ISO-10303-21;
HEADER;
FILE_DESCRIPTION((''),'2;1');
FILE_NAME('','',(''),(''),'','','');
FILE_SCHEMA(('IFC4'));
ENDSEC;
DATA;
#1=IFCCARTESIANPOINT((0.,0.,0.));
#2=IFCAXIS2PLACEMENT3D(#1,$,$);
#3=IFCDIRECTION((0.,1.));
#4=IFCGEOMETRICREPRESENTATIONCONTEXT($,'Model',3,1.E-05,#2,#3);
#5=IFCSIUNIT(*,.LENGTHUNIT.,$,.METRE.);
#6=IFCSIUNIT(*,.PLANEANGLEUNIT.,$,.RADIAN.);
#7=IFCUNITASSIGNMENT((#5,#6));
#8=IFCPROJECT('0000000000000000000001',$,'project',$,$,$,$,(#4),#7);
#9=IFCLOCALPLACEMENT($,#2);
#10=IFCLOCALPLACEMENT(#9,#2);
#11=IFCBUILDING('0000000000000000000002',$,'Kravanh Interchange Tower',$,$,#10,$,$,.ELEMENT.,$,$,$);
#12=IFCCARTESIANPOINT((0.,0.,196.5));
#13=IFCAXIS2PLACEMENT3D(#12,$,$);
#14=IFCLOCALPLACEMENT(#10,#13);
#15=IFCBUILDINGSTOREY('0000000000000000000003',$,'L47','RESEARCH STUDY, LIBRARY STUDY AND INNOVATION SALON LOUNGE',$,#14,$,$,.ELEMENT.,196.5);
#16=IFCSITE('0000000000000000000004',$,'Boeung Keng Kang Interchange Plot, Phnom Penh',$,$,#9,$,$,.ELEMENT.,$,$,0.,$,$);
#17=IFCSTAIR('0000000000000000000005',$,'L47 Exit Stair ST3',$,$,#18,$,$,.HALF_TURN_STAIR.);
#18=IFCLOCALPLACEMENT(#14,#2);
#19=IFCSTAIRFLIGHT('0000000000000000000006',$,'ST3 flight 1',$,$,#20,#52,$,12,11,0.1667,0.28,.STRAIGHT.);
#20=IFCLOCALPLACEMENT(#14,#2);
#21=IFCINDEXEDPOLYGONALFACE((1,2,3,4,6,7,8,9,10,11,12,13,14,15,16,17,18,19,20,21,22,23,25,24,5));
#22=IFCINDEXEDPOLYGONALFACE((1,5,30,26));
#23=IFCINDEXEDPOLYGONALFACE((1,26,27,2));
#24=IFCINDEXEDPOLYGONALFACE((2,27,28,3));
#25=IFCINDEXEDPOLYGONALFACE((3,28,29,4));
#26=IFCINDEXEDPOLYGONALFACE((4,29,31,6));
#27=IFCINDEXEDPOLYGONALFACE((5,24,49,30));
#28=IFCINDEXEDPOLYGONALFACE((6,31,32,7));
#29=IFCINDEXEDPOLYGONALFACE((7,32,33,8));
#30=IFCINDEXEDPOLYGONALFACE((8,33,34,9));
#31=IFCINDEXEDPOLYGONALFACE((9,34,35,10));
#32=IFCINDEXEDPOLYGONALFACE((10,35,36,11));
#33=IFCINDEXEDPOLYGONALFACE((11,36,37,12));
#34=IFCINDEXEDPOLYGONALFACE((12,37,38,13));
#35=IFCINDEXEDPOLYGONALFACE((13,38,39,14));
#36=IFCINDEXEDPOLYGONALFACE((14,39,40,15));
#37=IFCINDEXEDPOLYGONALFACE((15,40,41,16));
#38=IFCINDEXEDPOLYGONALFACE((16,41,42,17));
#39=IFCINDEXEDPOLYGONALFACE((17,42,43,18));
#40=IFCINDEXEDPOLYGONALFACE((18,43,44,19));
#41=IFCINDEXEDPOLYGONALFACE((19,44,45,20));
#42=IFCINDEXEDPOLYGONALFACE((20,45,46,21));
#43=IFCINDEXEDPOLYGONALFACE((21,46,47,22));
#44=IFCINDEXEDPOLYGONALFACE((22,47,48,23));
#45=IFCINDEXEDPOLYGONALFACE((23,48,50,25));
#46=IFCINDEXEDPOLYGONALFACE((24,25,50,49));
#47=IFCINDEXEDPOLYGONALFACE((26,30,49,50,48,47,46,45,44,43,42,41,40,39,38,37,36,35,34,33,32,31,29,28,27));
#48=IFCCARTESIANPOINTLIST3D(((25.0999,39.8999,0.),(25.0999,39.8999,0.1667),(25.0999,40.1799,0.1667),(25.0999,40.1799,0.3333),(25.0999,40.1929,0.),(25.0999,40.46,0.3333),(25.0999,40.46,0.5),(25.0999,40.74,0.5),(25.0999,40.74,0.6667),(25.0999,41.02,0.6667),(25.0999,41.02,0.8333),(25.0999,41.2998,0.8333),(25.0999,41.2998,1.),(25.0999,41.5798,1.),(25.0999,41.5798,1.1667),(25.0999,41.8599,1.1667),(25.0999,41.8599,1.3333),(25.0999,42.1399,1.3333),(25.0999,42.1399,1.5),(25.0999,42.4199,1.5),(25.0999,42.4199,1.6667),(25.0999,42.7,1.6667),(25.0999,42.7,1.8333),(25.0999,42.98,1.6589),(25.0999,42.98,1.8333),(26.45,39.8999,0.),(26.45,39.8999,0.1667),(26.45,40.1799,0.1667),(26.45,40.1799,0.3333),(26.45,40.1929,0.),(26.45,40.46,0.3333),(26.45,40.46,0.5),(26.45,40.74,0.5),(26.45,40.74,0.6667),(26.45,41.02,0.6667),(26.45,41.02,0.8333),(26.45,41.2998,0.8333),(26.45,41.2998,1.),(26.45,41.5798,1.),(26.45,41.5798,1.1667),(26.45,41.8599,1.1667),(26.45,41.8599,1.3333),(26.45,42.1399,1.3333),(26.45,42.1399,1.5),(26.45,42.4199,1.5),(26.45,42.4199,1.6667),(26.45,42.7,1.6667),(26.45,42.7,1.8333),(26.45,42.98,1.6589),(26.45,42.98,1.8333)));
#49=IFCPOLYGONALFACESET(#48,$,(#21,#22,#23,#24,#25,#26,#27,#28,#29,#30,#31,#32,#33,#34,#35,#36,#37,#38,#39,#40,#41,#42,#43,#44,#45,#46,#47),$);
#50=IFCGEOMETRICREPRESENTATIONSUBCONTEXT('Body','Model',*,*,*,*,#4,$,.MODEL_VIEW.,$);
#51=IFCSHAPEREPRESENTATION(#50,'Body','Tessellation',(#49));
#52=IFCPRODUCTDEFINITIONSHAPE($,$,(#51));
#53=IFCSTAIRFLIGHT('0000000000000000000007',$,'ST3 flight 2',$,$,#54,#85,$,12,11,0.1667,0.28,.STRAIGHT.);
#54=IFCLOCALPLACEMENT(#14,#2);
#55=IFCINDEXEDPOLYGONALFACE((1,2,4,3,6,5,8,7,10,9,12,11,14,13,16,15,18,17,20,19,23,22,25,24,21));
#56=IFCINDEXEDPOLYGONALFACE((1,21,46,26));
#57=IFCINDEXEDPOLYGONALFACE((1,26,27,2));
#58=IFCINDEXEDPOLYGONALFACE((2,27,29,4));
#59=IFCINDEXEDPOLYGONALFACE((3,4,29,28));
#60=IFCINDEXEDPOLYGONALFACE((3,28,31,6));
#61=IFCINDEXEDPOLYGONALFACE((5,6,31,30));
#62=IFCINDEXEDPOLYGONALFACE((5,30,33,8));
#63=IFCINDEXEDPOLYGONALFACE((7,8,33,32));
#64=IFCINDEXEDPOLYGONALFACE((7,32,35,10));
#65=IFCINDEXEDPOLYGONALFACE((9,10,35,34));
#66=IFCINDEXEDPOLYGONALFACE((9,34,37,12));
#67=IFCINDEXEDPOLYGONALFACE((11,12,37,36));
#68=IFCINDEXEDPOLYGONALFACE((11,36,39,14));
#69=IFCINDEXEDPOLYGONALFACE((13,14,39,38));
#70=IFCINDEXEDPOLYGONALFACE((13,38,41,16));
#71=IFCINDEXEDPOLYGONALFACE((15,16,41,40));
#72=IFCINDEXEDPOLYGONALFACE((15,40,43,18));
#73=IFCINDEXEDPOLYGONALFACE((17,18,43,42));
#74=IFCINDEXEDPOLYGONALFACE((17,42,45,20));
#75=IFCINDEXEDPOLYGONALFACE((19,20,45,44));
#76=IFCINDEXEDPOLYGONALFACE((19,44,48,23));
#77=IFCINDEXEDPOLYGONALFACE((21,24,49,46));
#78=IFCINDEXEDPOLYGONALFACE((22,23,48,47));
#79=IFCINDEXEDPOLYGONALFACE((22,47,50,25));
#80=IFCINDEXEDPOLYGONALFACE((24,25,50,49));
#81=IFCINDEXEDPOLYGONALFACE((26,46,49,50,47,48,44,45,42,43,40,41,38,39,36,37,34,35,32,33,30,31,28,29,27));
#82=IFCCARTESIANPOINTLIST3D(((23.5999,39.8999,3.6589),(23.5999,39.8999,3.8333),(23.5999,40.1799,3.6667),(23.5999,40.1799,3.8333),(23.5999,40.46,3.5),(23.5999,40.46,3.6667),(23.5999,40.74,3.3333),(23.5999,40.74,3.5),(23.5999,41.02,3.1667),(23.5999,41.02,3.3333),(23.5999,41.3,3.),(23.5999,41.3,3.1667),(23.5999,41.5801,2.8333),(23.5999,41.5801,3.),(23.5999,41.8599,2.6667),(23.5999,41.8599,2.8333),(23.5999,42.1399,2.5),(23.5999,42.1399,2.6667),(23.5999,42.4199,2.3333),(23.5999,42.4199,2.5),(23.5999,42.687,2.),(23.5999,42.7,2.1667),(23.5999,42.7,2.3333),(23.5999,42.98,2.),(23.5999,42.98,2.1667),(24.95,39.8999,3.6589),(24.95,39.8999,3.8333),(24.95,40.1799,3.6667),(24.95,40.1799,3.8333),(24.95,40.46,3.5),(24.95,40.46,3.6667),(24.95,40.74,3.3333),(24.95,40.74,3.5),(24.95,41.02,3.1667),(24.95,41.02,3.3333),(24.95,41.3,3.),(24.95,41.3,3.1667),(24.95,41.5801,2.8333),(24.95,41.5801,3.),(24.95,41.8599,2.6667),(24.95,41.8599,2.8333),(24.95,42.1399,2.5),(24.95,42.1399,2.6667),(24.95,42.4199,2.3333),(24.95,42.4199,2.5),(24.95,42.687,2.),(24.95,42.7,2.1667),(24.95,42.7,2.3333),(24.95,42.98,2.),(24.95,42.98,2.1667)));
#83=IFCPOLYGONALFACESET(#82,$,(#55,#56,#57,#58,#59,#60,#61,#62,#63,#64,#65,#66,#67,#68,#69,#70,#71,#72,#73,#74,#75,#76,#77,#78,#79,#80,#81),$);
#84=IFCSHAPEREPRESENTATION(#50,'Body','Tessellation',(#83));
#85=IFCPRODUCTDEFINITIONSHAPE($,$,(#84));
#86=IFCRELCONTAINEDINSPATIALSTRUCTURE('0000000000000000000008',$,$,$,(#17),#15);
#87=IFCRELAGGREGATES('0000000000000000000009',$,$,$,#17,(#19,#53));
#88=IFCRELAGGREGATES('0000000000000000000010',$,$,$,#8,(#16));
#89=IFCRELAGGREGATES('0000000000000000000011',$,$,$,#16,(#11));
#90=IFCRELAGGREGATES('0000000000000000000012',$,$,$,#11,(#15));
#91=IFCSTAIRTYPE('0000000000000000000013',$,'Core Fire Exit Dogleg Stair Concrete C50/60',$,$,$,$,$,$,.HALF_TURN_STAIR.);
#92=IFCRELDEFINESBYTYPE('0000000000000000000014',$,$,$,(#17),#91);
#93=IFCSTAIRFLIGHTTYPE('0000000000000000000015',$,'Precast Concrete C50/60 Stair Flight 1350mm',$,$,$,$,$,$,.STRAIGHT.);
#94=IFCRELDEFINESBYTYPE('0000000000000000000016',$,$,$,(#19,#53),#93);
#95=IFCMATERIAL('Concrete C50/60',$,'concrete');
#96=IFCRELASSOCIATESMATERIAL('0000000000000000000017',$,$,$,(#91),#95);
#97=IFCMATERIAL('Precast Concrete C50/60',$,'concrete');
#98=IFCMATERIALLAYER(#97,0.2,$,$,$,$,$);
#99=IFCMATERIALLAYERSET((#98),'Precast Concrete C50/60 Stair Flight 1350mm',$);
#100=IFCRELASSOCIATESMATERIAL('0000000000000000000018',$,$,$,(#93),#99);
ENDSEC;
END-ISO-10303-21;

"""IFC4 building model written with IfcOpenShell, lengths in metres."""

from ifc_helpers import new_model, si_unit, direction, frame, origin, place, context, subcontext, project, spatial, polyline, outline, extrude, material, layer, layer_set, type_object, element, aggregate, save


model = new_model("IFC4")

# Units and contexts
model_context = context("Model", 3, precision=1e-05, world=origin(), true_north=direction((0.0, 1.0)))
body_context = subcontext(model_context, "Body", "Model", "MODEL_VIEW")
ifc_project = project(units=[si_unit("LENGTHUNIT", "METRE"), si_unit("PLANEANGLEUNIT", "RADIAN")], contexts=[model_context])

# Site, building, storey
site_placement = place(None, origin())
site = spatial("IfcSite", under=ifc_project, at=site_placement, Name="Boeung Keng Kang Interchange Plot, Phnom Penh", CompositionType="ELEMENT", RefElevation=0.0)
building_placement = place(site_placement, origin())
building = spatial("IfcBuilding", under=site, at=building_placement, Name="Kravanh Interchange Tower", CompositionType="ELEMENT")
storey_placement = place(building_placement, frame((0.0, 0.0, 196.5)))
storey = spatial("IfcBuildingStorey", under=building, at=storey_placement, Name="L47", Description="RESEARCH STUDY, LIBRARY STUDY AND INNOVATION SALON LOUNGE", CompositionType="ELEMENT", Elevation=196.5)

# Stair, stair flights
ifc_material_1 = material(Name="Concrete C50/60", Category="concrete")
stair_type = type_object("IfcStairType", Name="Core Fire Exit Dogleg Stair Concrete C50/60", PredefinedType="HALF_TURN_STAIR", material=ifc_material_1)
stair_placement = place(storey_placement, origin())
stair = element("IfcStair", 1, at=stair_placement, inside=storey, type_object=stair_type, Name="L47 Exit Stair ST3", PredefinedType="HALF_TURN_STAIR")
ifc_material_2 = material(Name="Precast Concrete C50/60", Category="concrete")
ifc_layer_1 = layer(ifc_material_2, 0.2)
ifc_layer_set_1 = layer_set([ifc_layer_1], Name="Precast Concrete C50/60 Stair Flight 1350mm")
stair_flight_type = type_object("IfcStairFlightType", Name="Precast Concrete C50/60 Stair Flight 1350mm", PredefinedType="STRAIGHT", material=ifc_layer_set_1)
stair_flight_1_placement = place(storey_placement, frame((25.7749, 39.8999, 0.0), z_axis=(0.0, 0.0, 1.0), x_axis=(0.0, 1.0, 0.0)))
stair_flight_1 = element("IfcStairFlight", 2, at=stair_flight_1_placement, type_object=stair_flight_type, Name="ST3 flight 1", NumberOfRisers=12, NumberOfTreads=11, PredefinedType="STRAIGHT", RiserHeight=0.1667, TreadLength=0.28, context=body_context, shape_type="SweptSolid", body=[
    extrude(outline(polyline([(0.0, 0.0), (0.0, 0.1667), (0.28, 0.1667), (0.28, 0.3333), (0.5601, 0.3333), (0.5601, 0.5), (0.8401, 0.5), (0.8401, 0.6667), (1.1201, 0.6667), (1.1201, 0.8333), (1.3999, 0.8333), (1.3999, 1.0), (1.6799, 1.0), (1.6799, 1.1667), (1.96, 1.1667), (1.96, 1.3333), (2.24, 1.3333), (2.24, 1.5), (2.52, 1.5), (2.52, 1.6667), (2.8, 1.6667), (2.8, 1.8333), (3.0801, 1.8333), (3.0801, 2.0), (3.0801, 1.6589), (0.293, 0.0), (0.0, 0.0)])), frame((0.0, 0.675, 0.0), z_axis=(0.0, -1.0, 0.0), x_axis=(1.0, 0.0, 0.0)), (0.0, 0.0, 1.0), 1.3501),
])
stair_flight_2_placement = place(storey_placement, frame((24.2749, 42.98, 2.0), z_axis=(0.0, 0.0, 1.0), x_axis=(0.0, -1.0, 0.0)))
stair_flight_2 = element("IfcStairFlight", 3, at=stair_flight_2_placement, type_object=stair_flight_type, Name="ST3 flight 2", NumberOfRisers=12, NumberOfTreads=11, PredefinedType="STRAIGHT", RiserHeight=0.1667, TreadLength=0.28, context=body_context, shape_type="SweptSolid", body=[
    extrude(outline(polyline([(0.0, 0.0), (0.0, 0.1667), (0.28, 0.1667), (0.28, 0.3333), (0.5601, 0.3333), (0.5601, 0.5), (0.8401, 0.5), (0.8401, 0.6667), (1.1201, 0.6667), (1.1201, 0.8333), (1.3999, 0.8333), (1.3999, 1.0), (1.6799, 1.0), (1.6799, 1.1667), (1.96, 1.1667), (1.96, 1.3333), (2.24, 1.3333), (2.24, 1.5), (2.52, 1.5), (2.52, 1.6667), (2.8, 1.6667), (2.8, 1.8333), (3.0801, 1.8333), (3.0801, 2.0), (3.0801, 1.6589), (0.293, 0.0), (0.0, 0.0)])), frame((0.0, 0.675, 0.0), z_axis=(0.0, -1.0, 0.0), x_axis=(1.0, 0.0, 0.0)), (0.0, 0.0, 1.0), 1.3501),
])
aggregate(stair, [stair_flight_1, stair_flight_2])

save(model, "model.ifc")
